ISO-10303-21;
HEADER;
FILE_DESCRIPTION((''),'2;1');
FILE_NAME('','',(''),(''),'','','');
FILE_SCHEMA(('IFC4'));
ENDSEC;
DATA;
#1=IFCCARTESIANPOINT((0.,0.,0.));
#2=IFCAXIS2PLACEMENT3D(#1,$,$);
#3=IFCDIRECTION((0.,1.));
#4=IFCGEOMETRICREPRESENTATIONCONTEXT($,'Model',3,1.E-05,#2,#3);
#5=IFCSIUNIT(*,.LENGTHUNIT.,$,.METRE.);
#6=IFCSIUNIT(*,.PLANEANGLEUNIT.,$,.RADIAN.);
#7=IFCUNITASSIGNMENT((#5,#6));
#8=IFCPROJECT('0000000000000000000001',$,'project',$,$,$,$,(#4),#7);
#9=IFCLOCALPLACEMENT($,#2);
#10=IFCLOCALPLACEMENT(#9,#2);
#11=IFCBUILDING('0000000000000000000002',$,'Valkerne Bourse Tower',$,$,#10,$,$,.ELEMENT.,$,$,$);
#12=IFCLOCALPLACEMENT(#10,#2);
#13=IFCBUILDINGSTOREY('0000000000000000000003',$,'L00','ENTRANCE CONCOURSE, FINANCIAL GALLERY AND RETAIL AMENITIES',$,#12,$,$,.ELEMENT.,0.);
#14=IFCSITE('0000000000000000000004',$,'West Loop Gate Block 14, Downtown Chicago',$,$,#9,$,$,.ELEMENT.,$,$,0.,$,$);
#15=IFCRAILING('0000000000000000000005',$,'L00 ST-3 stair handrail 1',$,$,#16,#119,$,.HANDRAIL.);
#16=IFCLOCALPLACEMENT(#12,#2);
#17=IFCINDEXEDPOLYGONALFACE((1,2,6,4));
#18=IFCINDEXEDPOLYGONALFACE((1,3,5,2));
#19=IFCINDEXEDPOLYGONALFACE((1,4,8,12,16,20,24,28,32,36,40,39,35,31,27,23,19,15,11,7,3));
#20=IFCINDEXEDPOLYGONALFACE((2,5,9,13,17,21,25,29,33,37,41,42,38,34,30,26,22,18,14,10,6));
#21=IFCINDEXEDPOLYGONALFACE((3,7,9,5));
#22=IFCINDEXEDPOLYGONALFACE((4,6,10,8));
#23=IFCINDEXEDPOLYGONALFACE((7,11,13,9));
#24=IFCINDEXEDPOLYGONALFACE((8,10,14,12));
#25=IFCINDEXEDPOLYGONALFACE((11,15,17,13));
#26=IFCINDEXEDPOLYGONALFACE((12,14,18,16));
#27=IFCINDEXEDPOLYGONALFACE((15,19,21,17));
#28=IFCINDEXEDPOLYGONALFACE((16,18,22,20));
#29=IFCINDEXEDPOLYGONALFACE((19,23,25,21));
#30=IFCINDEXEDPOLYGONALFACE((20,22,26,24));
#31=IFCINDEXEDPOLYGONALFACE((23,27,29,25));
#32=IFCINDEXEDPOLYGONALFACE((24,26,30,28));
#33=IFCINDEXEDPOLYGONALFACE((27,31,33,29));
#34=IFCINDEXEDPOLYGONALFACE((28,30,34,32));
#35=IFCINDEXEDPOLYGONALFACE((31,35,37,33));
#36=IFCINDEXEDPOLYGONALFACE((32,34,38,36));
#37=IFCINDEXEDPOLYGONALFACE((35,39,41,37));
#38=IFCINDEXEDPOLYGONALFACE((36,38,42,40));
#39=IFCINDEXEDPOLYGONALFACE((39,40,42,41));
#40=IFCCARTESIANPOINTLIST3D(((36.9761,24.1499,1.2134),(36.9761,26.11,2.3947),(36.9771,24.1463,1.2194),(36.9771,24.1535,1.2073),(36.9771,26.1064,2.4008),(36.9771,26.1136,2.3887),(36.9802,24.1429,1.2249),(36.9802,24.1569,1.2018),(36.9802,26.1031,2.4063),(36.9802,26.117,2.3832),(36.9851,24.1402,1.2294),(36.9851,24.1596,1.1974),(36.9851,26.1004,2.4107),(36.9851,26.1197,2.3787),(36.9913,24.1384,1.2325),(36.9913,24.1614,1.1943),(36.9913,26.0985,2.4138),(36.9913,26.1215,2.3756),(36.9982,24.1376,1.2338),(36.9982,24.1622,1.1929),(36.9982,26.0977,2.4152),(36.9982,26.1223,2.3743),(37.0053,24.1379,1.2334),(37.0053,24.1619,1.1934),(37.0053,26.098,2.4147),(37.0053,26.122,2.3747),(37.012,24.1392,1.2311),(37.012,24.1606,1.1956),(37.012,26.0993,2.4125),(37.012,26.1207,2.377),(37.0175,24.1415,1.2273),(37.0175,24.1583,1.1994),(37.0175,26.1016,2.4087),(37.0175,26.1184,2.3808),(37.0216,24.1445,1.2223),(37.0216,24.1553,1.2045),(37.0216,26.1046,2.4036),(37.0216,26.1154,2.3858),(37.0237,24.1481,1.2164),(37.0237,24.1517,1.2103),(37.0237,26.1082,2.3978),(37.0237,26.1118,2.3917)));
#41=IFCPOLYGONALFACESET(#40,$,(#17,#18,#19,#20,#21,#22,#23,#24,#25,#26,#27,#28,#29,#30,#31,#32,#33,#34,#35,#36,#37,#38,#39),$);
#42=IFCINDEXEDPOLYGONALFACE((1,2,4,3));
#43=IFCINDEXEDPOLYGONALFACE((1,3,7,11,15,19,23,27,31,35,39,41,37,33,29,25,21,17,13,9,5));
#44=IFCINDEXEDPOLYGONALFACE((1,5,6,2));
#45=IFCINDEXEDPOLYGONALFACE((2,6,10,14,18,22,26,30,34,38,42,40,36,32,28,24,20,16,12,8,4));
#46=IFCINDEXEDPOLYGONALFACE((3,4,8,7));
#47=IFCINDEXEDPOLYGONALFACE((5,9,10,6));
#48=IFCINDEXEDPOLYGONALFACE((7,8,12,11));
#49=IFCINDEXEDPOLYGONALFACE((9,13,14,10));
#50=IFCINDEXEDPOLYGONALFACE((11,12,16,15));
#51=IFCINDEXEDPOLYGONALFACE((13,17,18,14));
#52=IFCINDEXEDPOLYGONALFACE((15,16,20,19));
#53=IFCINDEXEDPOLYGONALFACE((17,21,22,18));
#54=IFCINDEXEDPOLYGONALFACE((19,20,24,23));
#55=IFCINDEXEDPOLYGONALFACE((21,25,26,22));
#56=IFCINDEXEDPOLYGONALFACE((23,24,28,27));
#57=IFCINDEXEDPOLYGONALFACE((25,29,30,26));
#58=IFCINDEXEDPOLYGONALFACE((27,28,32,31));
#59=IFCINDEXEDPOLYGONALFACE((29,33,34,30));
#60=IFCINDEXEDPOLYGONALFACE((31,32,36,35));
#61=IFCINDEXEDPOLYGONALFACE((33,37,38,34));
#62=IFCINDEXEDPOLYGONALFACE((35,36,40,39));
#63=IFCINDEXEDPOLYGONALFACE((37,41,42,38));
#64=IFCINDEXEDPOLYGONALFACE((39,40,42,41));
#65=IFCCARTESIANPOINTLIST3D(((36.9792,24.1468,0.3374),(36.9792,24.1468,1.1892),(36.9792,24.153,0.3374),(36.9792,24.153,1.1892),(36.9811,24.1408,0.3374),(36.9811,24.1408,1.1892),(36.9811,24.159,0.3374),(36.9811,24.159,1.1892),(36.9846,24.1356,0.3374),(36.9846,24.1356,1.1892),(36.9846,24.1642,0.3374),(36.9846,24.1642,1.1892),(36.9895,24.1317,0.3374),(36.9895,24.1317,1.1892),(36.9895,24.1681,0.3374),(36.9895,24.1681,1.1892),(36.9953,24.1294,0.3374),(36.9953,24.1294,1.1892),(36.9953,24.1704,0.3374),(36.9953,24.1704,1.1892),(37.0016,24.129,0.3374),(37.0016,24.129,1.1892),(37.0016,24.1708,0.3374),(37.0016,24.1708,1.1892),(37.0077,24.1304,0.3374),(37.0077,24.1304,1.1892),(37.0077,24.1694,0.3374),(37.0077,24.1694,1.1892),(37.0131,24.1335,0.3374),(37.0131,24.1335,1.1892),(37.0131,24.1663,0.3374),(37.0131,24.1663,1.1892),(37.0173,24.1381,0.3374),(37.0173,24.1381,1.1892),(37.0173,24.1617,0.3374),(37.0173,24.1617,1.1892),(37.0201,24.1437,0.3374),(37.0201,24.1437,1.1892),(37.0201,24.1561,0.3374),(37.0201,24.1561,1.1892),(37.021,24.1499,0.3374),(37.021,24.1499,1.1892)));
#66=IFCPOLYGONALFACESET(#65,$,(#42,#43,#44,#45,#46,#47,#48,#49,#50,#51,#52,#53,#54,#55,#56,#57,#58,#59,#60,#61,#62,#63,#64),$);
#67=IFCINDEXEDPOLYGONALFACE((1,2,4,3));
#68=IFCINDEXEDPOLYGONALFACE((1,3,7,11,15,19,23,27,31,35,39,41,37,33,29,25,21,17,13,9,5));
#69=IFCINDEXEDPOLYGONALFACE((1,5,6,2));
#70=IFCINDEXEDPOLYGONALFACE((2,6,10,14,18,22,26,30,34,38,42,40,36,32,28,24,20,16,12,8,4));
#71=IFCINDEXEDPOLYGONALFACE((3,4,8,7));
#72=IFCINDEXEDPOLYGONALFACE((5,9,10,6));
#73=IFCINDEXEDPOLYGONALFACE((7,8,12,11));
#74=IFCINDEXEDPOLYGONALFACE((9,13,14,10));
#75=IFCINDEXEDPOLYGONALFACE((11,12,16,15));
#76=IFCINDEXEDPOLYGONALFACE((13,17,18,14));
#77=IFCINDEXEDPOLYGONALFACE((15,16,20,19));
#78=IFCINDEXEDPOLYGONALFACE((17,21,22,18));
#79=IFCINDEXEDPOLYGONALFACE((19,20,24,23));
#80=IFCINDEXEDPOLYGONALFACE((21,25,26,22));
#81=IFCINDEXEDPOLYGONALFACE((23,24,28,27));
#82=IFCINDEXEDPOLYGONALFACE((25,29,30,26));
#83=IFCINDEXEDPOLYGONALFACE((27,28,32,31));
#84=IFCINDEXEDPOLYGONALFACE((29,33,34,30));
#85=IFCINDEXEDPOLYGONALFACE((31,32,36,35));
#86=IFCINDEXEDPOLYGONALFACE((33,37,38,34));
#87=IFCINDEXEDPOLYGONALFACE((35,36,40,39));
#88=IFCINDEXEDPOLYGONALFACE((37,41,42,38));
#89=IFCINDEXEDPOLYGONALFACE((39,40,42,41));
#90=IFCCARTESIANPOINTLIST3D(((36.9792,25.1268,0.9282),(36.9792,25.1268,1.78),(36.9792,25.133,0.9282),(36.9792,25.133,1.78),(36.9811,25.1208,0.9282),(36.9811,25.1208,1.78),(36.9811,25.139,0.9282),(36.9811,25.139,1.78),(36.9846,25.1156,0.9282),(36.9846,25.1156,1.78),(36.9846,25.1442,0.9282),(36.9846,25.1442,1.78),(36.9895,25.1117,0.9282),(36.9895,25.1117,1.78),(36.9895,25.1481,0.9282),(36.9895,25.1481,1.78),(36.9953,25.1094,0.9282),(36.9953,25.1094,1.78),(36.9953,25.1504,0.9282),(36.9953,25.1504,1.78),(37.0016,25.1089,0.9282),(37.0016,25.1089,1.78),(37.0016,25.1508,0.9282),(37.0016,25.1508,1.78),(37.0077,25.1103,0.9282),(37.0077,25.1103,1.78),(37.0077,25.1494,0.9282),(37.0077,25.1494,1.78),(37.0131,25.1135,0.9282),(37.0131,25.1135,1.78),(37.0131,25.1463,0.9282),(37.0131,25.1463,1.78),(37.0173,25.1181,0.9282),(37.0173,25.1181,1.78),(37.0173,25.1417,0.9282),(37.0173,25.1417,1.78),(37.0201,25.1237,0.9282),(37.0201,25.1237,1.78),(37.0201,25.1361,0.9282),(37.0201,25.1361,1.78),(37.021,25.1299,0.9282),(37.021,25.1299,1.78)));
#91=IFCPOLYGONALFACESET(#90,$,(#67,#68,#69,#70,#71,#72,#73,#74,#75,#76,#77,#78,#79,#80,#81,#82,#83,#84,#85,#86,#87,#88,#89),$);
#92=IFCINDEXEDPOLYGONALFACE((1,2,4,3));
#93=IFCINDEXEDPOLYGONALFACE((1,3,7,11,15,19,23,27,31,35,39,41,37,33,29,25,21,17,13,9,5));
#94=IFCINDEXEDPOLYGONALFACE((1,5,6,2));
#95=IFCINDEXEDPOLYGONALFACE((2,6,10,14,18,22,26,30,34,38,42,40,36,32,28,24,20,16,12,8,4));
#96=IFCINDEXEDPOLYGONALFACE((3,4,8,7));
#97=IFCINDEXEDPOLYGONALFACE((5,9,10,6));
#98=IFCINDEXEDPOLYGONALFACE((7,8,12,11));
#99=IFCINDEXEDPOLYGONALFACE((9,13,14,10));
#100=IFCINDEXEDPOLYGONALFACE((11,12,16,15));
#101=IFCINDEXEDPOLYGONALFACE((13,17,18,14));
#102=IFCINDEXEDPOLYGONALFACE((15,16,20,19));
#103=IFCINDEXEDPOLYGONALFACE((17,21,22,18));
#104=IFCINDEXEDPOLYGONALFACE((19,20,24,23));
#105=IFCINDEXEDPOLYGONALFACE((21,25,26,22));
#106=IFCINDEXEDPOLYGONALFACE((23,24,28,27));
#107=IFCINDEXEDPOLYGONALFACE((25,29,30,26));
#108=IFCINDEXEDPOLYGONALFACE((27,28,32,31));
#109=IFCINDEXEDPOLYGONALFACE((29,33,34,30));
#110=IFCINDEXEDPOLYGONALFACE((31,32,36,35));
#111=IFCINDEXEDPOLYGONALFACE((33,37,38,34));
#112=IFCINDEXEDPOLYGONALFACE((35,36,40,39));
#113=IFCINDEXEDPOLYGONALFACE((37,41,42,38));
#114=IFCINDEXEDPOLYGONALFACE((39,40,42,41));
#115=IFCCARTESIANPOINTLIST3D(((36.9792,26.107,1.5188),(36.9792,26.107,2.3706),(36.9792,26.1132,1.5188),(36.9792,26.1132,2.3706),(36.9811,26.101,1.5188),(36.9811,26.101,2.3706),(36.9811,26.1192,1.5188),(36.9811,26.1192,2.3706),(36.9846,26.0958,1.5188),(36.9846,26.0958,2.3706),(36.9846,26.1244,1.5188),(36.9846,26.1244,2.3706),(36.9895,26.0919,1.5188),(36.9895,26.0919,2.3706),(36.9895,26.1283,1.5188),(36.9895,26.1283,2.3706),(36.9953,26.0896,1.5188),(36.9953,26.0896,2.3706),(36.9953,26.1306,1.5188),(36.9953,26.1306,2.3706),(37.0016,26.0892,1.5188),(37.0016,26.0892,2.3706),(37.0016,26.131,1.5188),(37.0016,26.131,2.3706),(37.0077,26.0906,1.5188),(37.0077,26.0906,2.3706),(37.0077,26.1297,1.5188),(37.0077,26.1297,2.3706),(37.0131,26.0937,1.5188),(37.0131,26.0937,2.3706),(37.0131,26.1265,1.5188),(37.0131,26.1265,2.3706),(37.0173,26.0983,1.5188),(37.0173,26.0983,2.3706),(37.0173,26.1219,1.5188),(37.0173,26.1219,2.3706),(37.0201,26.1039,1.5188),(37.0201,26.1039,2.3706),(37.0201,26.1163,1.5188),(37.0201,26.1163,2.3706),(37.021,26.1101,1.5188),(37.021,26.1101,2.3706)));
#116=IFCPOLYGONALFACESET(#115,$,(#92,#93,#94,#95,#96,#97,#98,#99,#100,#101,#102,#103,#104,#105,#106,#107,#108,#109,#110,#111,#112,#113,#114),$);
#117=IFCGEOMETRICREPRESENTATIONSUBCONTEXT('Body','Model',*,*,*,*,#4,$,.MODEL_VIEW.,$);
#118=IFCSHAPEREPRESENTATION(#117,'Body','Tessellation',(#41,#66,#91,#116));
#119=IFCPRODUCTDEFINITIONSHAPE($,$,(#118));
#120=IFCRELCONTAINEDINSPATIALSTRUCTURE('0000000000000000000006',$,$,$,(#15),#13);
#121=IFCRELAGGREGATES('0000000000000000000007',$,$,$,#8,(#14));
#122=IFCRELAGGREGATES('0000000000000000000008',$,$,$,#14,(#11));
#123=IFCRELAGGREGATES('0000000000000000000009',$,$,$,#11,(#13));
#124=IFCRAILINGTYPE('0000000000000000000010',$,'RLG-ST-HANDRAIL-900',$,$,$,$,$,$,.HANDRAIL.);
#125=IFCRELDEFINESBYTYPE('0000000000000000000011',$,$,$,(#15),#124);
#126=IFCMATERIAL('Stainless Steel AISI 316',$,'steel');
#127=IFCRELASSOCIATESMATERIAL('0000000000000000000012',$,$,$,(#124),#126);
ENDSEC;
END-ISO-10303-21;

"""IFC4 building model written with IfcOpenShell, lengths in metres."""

from ifc_helpers import new_model, si_unit, direction, frame, origin, origin_2d, place, context, subcontext, project, spatial, circle, extrude, material, type_object, element, save


model = new_model("IFC4")

# Units and contexts
model_context = context("Model", 3, precision=1e-05, world=origin(), true_north=direction((0.0, 1.0)))
body_context = subcontext(model_context, "Body", "Model", "MODEL_VIEW")
ifc_project = project(units=[si_unit("LENGTHUNIT", "METRE"), si_unit("PLANEANGLEUNIT", "RADIAN")], contexts=[model_context])

# Site, building, storey
site_placement = place(None, origin())
site = spatial("IfcSite", under=ifc_project, at=site_placement, Name="West Loop Gate Block 14, Downtown Chicago", CompositionType="ELEMENT", RefElevation=0.0)
building_placement = place(site_placement, origin())
building = spatial("IfcBuilding", under=site, at=building_placement, Name="Valkerne Bourse Tower", CompositionType="ELEMENT")
storey_placement = place(building_placement, origin())
storey = spatial("IfcBuildingStorey", under=building, at=storey_placement, Name="L00", Description="ENTRANCE CONCOURSE, FINANCIAL GALLERY AND RETAIL AMENITIES", CompositionType="ELEMENT", Elevation=0.0)

# Railing
ifc_material_1 = material(Name="Stainless Steel AISI 316", Category="steel")
railing_type_1 = type_object("IfcRailingType", Name="RLG-ST-HANDRAIL-900", PredefinedType="HANDRAIL", material=ifc_material_1)
railing_1_placement = place(storey_placement, frame((37.0, 24.1499, 0.3374)))
element("IfcRailing", 1, at=railing_1_placement, inside=storey, type_object=railing_type_1, Name="L00 ST-3 stair handrail 1", PredefinedType="HANDRAIL", context=body_context, shape_type="SweptSolid", body=[
    extrude(circle(Radius=0.0239, at=origin_2d()), frame((0.0, 0.0, 0.876), z_axis=(0.0, 0.856475, 0.516189), x_axis=(-1.0, 0.0, 0.0)), (0.0, 0.0, 1.0), 2.2886),
    extrude(circle(Radius=0.021, at=origin_2d()), origin(), (0.0, 0.0, 1.0), 0.8518),
    extrude(circle(Radius=0.021, at=origin_2d()), frame((0.0, 0.98, 0.5908)), (0.0, 0.0, 1.0), 0.8518),
    extrude(circle(Radius=0.021, at=origin_2d()), frame((0.0, 1.9602, 1.1814)), (0.0, 0.0, 1.0), 0.8518),
])

save(model, "model.ifc")
